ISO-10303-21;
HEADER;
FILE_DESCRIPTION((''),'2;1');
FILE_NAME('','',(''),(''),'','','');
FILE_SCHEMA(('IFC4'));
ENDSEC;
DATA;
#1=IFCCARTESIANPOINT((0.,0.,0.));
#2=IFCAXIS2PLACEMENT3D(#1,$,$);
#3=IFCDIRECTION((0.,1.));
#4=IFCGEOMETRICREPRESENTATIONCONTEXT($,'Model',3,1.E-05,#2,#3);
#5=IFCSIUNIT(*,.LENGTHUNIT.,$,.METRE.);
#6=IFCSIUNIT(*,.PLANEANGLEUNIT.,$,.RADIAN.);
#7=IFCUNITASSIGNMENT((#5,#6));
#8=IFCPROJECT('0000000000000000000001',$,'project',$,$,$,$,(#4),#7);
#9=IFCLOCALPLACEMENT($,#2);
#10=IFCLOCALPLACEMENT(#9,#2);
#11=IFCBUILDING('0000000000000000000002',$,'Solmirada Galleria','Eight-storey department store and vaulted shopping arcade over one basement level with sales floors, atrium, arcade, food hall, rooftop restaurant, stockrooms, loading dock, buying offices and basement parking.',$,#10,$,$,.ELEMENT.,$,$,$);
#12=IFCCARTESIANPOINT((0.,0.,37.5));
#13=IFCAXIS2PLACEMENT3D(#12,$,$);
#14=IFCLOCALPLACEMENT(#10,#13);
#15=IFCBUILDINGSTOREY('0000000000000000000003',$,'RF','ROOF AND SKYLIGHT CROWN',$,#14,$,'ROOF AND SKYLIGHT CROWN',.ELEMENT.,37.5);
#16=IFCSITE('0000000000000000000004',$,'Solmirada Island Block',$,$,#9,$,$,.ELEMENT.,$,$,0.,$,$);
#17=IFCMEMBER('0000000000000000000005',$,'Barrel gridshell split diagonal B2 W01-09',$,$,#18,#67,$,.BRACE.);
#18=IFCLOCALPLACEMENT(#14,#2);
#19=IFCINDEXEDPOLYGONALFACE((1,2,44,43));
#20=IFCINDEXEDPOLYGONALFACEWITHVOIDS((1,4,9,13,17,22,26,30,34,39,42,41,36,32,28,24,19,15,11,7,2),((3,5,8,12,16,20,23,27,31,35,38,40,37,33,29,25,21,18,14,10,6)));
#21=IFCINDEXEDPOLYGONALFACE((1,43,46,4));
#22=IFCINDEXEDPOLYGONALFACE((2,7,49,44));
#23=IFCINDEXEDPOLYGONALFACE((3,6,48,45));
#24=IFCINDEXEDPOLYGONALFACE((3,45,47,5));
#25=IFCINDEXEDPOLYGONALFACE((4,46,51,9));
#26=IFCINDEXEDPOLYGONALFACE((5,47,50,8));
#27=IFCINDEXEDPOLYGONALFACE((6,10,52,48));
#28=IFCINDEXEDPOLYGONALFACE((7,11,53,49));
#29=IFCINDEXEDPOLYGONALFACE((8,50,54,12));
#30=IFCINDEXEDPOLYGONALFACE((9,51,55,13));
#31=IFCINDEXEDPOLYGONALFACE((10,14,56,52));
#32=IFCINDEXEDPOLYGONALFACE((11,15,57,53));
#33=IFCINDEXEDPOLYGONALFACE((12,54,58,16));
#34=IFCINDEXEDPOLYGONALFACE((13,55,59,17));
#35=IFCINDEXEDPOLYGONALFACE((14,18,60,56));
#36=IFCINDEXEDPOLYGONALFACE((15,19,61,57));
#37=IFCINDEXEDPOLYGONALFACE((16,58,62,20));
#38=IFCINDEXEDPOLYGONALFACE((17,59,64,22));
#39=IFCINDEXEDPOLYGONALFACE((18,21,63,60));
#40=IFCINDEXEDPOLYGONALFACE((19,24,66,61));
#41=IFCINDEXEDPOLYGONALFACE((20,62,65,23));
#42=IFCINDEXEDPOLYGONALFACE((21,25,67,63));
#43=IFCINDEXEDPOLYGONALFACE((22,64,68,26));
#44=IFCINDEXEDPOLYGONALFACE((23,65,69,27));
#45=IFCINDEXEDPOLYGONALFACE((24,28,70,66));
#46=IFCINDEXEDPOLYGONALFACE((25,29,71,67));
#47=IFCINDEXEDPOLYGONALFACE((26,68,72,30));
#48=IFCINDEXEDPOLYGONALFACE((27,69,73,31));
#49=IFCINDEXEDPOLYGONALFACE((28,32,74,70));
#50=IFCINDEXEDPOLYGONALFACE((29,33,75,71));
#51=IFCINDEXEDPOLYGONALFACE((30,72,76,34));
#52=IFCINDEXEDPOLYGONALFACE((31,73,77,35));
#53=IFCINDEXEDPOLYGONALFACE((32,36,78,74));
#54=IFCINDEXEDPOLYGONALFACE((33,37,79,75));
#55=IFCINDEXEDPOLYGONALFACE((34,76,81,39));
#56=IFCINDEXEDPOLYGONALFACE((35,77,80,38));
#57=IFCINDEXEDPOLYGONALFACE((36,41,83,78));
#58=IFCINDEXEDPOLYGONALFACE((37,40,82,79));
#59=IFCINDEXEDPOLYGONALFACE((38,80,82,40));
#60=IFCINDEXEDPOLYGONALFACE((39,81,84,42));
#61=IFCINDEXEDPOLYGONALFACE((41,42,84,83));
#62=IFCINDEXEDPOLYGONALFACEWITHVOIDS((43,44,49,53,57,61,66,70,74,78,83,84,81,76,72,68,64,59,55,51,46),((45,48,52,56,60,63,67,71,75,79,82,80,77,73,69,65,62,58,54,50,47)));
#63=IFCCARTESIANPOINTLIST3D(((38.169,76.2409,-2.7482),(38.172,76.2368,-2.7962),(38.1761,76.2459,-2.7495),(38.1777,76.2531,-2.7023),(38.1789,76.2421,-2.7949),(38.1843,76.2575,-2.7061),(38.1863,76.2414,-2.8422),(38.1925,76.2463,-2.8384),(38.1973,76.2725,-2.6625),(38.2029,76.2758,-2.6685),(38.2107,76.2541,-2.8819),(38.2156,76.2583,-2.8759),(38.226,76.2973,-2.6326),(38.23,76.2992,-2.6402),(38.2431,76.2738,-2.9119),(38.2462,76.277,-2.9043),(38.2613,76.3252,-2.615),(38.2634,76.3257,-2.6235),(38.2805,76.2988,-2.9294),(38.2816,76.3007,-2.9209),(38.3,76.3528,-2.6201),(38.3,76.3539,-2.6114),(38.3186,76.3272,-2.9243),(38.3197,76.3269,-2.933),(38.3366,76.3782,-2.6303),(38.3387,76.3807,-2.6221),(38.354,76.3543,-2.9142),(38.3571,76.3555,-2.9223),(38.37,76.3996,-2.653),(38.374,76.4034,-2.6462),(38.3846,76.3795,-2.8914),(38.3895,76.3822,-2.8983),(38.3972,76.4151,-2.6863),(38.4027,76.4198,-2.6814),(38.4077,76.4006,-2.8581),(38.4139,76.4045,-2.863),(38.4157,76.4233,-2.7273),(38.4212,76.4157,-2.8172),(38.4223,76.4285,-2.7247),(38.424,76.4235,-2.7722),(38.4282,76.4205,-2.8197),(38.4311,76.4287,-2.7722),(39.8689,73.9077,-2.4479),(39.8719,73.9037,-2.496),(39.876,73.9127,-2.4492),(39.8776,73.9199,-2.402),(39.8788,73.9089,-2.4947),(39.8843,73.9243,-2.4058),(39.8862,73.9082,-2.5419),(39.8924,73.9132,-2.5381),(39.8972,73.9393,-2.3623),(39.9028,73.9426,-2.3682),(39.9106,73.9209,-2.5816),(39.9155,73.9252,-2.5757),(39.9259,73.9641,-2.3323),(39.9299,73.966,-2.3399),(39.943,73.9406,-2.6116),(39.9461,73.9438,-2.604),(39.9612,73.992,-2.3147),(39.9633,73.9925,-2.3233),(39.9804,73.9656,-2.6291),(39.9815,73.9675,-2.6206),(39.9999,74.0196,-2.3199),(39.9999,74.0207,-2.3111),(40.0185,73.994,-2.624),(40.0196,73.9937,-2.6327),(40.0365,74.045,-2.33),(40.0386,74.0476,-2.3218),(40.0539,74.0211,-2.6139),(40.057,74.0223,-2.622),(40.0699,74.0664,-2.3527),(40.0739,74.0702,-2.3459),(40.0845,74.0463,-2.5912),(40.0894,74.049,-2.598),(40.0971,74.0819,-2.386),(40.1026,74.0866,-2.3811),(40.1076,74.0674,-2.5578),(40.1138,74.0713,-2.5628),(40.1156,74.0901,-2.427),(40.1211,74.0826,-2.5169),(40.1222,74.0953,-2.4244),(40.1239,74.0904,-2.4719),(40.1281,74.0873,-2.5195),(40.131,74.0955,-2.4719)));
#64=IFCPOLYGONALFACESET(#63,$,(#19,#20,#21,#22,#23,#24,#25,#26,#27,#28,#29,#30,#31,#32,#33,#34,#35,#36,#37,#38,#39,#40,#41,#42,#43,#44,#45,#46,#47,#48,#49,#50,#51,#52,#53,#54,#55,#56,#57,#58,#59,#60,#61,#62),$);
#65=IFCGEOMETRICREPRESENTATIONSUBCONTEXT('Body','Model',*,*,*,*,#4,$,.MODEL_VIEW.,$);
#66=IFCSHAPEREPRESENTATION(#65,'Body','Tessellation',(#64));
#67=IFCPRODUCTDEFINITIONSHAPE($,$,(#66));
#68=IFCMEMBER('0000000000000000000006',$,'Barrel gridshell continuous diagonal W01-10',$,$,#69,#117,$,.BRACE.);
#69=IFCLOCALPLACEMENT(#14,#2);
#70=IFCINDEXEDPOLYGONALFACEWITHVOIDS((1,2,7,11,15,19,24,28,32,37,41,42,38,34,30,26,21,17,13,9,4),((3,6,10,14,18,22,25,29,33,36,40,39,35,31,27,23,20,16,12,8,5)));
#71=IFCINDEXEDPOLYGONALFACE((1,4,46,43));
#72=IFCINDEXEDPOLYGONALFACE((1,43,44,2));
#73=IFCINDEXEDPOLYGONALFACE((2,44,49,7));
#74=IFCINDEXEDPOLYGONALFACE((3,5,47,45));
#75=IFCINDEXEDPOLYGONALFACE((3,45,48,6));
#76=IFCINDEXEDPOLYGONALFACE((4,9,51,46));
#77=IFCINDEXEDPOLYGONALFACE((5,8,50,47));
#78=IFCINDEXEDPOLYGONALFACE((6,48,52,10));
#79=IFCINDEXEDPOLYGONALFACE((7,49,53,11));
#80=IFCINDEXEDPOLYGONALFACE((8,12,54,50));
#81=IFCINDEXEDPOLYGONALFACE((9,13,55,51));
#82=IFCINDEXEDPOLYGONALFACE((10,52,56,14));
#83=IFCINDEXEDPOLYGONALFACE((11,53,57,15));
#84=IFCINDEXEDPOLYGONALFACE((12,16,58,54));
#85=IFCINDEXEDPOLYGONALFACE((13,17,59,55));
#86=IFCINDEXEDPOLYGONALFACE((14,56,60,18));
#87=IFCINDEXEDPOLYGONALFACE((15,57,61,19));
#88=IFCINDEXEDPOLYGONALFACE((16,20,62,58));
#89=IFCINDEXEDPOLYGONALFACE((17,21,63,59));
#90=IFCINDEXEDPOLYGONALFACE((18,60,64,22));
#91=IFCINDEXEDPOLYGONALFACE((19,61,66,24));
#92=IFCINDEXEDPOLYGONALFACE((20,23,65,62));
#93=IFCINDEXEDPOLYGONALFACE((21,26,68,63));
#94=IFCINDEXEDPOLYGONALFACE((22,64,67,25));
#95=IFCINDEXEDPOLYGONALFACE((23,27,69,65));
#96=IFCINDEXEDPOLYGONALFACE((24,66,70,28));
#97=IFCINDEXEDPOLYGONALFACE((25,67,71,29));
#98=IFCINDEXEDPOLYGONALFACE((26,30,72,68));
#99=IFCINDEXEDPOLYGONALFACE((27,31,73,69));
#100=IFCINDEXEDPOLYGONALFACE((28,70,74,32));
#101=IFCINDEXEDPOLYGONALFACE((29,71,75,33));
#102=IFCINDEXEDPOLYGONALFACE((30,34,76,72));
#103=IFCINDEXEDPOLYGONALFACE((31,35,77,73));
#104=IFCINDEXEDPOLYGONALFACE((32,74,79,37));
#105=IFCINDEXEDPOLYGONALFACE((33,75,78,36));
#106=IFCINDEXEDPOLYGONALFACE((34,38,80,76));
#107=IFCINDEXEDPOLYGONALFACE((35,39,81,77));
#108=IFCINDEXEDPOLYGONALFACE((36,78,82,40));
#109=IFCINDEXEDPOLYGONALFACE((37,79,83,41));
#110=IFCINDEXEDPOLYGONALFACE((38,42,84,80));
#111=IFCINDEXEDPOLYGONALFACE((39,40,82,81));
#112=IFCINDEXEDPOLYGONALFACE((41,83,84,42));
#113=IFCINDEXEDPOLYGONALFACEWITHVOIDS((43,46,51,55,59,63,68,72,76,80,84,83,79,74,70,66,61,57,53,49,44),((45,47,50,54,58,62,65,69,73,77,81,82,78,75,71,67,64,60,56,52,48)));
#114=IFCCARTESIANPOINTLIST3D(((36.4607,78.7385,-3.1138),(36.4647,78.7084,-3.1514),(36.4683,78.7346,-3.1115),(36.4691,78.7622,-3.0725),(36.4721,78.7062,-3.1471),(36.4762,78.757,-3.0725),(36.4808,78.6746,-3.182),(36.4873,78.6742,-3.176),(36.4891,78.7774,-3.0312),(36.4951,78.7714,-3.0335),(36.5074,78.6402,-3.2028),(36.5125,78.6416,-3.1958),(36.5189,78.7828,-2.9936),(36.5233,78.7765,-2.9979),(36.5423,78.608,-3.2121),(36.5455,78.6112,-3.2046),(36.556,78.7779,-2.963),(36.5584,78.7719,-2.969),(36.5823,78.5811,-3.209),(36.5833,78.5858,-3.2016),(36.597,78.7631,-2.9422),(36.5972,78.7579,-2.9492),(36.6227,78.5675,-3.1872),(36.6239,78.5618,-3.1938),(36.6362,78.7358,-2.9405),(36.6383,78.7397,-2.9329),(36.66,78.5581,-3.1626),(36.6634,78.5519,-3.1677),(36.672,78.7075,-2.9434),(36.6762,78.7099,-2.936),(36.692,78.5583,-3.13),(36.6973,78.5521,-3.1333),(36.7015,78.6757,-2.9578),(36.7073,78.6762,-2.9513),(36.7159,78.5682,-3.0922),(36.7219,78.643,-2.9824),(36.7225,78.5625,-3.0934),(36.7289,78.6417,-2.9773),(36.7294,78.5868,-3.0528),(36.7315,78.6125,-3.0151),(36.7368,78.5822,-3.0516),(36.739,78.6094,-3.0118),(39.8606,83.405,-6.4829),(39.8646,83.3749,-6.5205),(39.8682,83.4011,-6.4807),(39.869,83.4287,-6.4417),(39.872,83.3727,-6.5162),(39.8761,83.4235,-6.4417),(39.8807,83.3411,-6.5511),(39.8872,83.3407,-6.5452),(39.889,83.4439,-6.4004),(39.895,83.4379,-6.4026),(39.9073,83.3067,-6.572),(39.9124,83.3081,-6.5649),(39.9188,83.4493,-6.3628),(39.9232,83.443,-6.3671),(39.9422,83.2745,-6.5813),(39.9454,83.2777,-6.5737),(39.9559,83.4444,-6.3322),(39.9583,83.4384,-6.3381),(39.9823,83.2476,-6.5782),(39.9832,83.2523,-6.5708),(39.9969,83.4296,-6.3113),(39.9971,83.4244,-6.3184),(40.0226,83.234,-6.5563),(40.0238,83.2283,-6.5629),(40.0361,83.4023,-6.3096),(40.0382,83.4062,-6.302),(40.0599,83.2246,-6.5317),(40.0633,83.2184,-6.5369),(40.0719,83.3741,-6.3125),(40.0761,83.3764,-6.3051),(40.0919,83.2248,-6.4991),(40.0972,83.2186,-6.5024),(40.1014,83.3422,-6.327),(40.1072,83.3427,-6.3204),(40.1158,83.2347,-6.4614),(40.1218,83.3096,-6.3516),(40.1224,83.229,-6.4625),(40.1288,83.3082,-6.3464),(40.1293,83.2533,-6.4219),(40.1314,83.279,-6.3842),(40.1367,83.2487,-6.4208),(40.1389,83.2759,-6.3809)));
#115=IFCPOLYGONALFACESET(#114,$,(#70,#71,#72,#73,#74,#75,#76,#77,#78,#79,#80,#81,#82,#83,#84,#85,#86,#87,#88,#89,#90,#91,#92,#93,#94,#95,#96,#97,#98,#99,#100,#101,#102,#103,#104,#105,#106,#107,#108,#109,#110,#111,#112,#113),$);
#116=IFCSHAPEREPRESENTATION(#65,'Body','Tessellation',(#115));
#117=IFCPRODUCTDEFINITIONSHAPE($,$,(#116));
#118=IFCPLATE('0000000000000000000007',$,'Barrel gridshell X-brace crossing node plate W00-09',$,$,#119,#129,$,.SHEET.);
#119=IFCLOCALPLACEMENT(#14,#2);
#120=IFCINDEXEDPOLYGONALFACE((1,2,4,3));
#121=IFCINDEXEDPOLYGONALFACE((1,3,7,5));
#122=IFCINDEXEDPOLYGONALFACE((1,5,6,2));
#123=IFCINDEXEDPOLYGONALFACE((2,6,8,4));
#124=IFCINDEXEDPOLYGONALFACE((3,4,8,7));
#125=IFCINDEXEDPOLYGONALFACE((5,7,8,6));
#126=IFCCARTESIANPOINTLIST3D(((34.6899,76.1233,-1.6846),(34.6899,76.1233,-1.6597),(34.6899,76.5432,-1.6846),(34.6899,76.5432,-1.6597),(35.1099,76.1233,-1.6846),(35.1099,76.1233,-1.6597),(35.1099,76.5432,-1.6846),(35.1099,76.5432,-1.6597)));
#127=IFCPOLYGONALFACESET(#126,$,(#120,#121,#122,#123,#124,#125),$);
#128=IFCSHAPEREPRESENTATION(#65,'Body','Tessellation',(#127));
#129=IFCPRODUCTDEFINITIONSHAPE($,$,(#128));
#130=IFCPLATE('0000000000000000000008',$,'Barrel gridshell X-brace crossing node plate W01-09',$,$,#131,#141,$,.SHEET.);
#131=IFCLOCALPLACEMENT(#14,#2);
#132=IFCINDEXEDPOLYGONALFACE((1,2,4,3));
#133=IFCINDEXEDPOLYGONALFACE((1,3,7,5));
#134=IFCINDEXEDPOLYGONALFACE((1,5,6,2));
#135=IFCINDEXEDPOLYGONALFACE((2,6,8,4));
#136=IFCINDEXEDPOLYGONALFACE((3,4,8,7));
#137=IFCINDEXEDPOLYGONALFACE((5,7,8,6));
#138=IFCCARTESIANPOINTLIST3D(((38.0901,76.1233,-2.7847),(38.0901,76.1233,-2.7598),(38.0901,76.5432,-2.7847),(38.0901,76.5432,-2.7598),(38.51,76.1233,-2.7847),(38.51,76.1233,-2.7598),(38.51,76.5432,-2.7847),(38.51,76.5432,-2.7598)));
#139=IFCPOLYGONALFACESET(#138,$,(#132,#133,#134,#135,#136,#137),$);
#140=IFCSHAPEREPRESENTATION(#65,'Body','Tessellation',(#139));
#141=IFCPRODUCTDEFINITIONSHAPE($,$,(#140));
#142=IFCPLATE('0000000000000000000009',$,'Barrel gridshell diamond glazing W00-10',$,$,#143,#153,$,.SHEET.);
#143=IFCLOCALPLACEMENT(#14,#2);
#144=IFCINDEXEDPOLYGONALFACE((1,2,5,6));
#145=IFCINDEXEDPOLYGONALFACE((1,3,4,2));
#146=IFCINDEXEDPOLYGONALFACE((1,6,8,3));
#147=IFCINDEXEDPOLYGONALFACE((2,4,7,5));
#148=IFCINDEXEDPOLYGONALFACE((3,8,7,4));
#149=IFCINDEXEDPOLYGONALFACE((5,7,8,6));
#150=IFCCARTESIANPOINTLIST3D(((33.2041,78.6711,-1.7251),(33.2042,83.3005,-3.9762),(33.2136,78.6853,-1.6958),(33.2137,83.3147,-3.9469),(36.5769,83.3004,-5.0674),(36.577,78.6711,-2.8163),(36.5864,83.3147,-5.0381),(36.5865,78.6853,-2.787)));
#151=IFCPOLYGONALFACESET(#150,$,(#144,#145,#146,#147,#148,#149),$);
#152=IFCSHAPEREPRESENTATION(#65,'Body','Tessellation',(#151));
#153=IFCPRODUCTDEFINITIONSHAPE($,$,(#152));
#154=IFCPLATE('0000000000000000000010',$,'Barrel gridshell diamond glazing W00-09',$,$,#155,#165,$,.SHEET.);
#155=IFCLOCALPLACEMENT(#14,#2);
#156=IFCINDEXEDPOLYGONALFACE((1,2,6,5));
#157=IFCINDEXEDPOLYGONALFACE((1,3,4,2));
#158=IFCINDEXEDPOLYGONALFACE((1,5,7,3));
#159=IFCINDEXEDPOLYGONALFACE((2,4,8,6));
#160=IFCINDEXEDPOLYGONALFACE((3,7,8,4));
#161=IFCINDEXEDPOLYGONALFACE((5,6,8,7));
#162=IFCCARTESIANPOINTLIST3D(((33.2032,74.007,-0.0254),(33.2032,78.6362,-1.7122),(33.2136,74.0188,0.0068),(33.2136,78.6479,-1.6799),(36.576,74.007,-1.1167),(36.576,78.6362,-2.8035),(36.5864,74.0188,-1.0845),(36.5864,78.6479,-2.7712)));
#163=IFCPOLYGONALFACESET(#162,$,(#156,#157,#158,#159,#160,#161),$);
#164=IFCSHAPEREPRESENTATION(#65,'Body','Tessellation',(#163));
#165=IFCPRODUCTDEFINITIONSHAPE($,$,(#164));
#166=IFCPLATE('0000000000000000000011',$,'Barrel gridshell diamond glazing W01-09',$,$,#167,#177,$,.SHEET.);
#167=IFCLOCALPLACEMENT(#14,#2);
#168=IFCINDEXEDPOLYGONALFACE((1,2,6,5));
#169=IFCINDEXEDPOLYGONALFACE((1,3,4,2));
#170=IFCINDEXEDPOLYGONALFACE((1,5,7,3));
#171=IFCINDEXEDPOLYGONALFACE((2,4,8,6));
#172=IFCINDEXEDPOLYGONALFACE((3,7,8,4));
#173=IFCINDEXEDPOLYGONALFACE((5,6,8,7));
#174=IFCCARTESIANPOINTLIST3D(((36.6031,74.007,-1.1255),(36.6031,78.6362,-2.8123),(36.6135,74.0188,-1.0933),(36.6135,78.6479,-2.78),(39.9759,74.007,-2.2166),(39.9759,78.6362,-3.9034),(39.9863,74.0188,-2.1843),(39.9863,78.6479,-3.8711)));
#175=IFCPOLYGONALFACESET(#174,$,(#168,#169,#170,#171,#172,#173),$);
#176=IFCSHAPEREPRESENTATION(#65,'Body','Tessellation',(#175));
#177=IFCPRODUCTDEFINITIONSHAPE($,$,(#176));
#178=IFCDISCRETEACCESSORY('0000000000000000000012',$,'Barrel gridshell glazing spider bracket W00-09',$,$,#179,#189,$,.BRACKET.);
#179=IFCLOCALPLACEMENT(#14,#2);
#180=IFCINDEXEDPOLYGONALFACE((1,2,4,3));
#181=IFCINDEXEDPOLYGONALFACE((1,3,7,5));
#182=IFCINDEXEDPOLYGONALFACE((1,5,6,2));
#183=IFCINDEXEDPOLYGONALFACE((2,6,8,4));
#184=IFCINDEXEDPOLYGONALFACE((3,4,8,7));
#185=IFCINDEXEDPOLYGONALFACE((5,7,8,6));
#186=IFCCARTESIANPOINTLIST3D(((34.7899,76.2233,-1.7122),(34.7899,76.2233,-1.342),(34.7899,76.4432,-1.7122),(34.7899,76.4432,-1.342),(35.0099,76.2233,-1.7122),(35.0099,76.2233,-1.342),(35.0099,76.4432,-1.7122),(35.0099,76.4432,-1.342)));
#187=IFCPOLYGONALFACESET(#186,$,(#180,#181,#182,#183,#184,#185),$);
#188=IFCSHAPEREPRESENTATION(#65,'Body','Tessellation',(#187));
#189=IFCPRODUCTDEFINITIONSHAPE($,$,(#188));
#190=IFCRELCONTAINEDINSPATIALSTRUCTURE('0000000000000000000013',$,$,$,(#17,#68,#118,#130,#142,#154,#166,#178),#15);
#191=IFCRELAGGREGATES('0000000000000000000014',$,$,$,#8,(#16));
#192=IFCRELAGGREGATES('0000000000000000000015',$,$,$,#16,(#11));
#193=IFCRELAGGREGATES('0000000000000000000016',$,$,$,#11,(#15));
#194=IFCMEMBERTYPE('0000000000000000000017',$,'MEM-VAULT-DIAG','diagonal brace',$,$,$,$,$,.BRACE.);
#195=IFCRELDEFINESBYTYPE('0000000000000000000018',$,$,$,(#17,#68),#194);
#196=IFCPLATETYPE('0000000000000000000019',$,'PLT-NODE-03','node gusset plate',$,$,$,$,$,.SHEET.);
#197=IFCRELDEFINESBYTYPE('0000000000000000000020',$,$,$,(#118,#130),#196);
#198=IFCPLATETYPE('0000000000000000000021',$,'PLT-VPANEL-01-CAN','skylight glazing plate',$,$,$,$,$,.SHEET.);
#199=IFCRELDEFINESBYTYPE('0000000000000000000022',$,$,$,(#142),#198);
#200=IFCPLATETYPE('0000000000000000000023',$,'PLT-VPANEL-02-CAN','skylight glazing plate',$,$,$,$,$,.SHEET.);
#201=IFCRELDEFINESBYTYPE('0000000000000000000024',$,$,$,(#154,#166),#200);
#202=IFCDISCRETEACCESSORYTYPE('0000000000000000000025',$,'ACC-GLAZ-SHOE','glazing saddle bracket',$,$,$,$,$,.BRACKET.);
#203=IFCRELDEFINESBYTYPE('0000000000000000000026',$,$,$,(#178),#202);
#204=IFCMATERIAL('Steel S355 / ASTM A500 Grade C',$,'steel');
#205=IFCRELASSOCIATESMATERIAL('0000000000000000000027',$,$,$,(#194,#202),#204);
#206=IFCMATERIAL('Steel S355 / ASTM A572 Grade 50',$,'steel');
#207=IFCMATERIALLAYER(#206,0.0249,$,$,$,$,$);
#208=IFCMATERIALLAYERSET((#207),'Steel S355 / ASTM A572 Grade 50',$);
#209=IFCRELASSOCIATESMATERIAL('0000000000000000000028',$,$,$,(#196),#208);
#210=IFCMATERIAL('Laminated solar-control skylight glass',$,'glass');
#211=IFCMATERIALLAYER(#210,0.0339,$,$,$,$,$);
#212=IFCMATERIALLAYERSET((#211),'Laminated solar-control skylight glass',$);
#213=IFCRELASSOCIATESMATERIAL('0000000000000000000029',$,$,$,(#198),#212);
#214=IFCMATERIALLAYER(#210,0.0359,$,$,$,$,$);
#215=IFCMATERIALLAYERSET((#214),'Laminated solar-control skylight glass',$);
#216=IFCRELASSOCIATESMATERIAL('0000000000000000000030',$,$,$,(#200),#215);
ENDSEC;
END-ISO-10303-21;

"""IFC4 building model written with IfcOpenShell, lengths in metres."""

from ifc_helpers import new_model, si_unit, direction, frame, origin, origin_2d, place, context, subcontext, project, spatial, polyline, rectangle, hollow_circle, outline, extrude, material, layer, layer_set, material_profile, profile_set, type_object, element, save


model = new_model("IFC4")

# Units and contexts
model_context = context("Model", 3, precision=1e-05, world=origin(), true_north=direction((0.0, 1.0)))
body_context = subcontext(model_context, "Body", "Model", "MODEL_VIEW")
ifc_project = project(units=[si_unit("LENGTHUNIT", "METRE"), si_unit("PLANEANGLEUNIT", "RADIAN")], contexts=[model_context])

# Site, building, storey
site_placement = place(None, origin())
site = spatial("IfcSite", under=ifc_project, at=site_placement, Name="Solmirada Island Block", CompositionType="ELEMENT", RefElevation=0.0)
building_placement = place(site_placement, origin())
building = spatial("IfcBuilding", under=site, at=building_placement, Name="Solmirada Galleria", Description="Eight-storey department store and vaulted shopping arcade over one basement level with sales floors, atrium, arcade, food hall, rooftop restaurant, stockrooms, loading dock, buying offices and basement parking.", CompositionType="ELEMENT")
storey_placement = place(building_placement, frame((0.0, 0.0, 37.5)))
storey = spatial("IfcBuildingStorey", under=building, at=storey_placement, Name="RF", Description="ROOF AND SKYLIGHT CROWN", LongName="ROOF AND SKYLIGHT CROWN", CompositionType="ELEMENT", Elevation=37.5)

# Members
ifc_material_1 = material(Name="Steel S355 / ASTM A500 Grade C", Category="steel")
ifc_material_profile_1 = material_profile(ifc_material_1, hollow_circle(Radius=0.1621, WallThickness=0.0088, at=origin_2d()), Name="HSS12.750X0.375")
ifc_profile_set_1 = profile_set([ifc_material_profile_1], Name="Steel S355 / ASTM A500 Grade C")
member_type_1 = type_object("IfcMemberType", Name="MEM-VAULT-DIAG", Description="diagonal brace", PredefinedType="BRACE", material=ifc_profile_set_1)
member_1_placement = place(storey_placement, frame((38.3, 76.3333, -2.7722), z_axis=(0.5857, -0.803897, 0.103463), x_axis=(0.808235, 0.58886, 0.0)))
element("IfcMember", 1, at=member_1_placement, inside=storey, type_object=member_type_1, Name="Barrel gridshell split diagonal B2 W01-09", PredefinedType="BRACE", context=body_context, shape_type="SweptSolid", body=[
    extrude(hollow_circle(Radius=0.1621, WallThickness=0.0088, at=origin_2d()), origin(), (0.0, 0.0, 1.0), 2.9023),
])
member_2_placement = place(storey_placement, frame((36.6001, 78.6667, -3.0725), z_axis=(0.508601, 0.698076, -0.503999), x_axis=(-0.808235, 0.58886, 0.0)))
element("IfcMember", 2, at=member_2_placement, inside=storey, type_object=member_type_1, Name="Barrel gridshell continuous diagonal W01-10", PredefinedType="BRACE", context=body_context, shape_type="SweptSolid", body=[
    extrude(hollow_circle(Radius=0.1621, WallThickness=0.0088, at=origin_2d()), origin(), (0.0, 0.0, 1.0), 6.6848),
])

# Plates
ifc_material_2 = material(Name="Steel S355 / ASTM A572 Grade 50", Category="steel")
ifc_layer_1 = layer(ifc_material_2, 0.0249)
ifc_layer_set_1 = layer_set([ifc_layer_1], Name="Steel S355 / ASTM A572 Grade 50")
plate_type_1 = type_object("IfcPlateType", Name="PLT-NODE-03", Description="node gusset plate", PredefinedType="SHEET", material=ifc_layer_set_1)
for number, where, z_axis, x_axis, name in (
    (3, (34.8999, 76.3333, -1.6846), (0.0, 0.0, 1.0), (1.0, 0.0, 0.0), "Barrel gridshell X-brace crossing node plate W00-09"),
    (4, (38.3, 76.3333, -2.7847), (0.0, 0.0, 1.0), (1.0, 0.0, 0.0), "Barrel gridshell X-brace crossing node plate W01-09"),
):
    element("IfcPlate", number, at=place(storey_placement, frame(where, z_axis=z_axis, x_axis=x_axis)), inside=storey, type_object=plate_type_1, Name=name, PredefinedType="SHEET", context=body_context, shape_type="SweptSolid", body=[
        extrude(rectangle(XDim=0.4199, YDim=0.4199, at=origin_2d()), origin(), (0.0, 0.0, 1.0), 0.0249),
    ])
ifc_material_3 = material(Name="Laminated solar-control skylight glass", Category="glass")
ifc_layer_2 = layer(ifc_material_3, 0.0339)
ifc_layer_set_2 = layer_set([ifc_layer_2], Name="Laminated solar-control skylight glass")
plate_type_2 = type_object("IfcPlateType", Name="PLT-VPANEL-01-CAN", Description="skylight glazing plate", PredefinedType="SHEET", material=ifc_layer_set_2)
plate_1_placement = place(storey_placement, frame((33.2136, 78.6853, -1.6958), z_axis=(0.279367, 0.419891, 0.863508), x_axis=(0.951444, 0.000012, -0.307822)))
element("IfcPlate", 5, at=plate_1_placement, inside=storey, type_object=plate_type_2, Name="Barrel gridshell diamond glazing W00-10", PredefinedType="SHEET", context=body_context, shape_type="SweptSolid", body=[
    extrude(outline(polyline([(0.0, 0.0), (3.545, 0.0), (4.2379, 5.1008), (0.693, 5.1009), (0.0, 0.0)])), origin(), (0.0, 0.0, -1.0), 0.0339),
])
ifc_layer_3 = layer(ifc_material_3, 0.0359)
ifc_layer_set_3 = layer_set([ifc_layer_3], Name="Laminated solar-control skylight glass")
plate_type_3 = type_object("IfcPlateType", Name="PLT-VPANEL-02-CAN", Description="skylight glazing plate", PredefinedType="SHEET", material=ifc_layer_set_3)
plate_2_placement = place(storey_placement, frame((33.2136, 74.0188, 0.0068), z_axis=(0.290864, 0.327558, 0.898946), x_axis=(0.951436, 0.0, -0.307848)))
element("IfcPlate", 6, at=plate_2_placement, inside=storey, type_object=plate_type_3, Name="Barrel gridshell diamond glazing W00-09", PredefinedType="SHEET", context=body_context, shape_type="SweptSolid", body=[
    extrude(outline(polyline([(0.0, 0.0), (3.545, 0.0), (4.0642, 4.8994), (0.5193, 4.8994), (0.0, 0.0)])), origin(), (0.0, 0.0, -1.0), 0.0359),
])
plate_3_placement = place(storey_placement, frame((36.6135, 74.0188, -1.0933), z_axis=(0.290805, 0.327564, 0.898963), x_axis=(0.951456, 0.0, -0.307785)))
element("IfcPlate", 7, at=plate_3_placement, inside=storey, type_object=plate_type_3, Name="Barrel gridshell diamond glazing W01-09", PredefinedType="SHEET", context=body_context, shape_type="SweptSolid", body=[
    extrude(outline(polyline([(0.0, 0.0), (3.5449, 0.0), (4.064, 4.8995), (0.5192, 4.8995), (0.0, 0.0)])), origin(), (0.0, 0.0, -1.0), 0.0359),
])

# Discrete accessory
discrete_accessory_type = type_object("IfcDiscreteAccessoryType", Name="ACC-GLAZ-SHOE", Description="glazing saddle bracket", PredefinedType="BRACKET", material=ifc_material_1)
for number, where, z_axis, x_axis, name in (
    (8, (34.8999, 76.3333, -1.7122), (0.0, 0.0, 1.0), (1.0, 0.0, 0.0), "Barrel gridshell glazing spider bracket W00-09"),
):
    element("IfcDiscreteAccessory", number, at=place(storey_placement, frame(where, z_axis=z_axis, x_axis=x_axis)), inside=storey, type_object=discrete_accessory_type, Name=name, PredefinedType="BRACKET", context=body_context, shape_type="SweptSolid", body=[
        extrude(rectangle(XDim=0.22, YDim=0.22, at=origin_2d()), origin(), (0.0, 0.0, 1.0), 0.3701),
    ])

save(model, "model.ifc")
